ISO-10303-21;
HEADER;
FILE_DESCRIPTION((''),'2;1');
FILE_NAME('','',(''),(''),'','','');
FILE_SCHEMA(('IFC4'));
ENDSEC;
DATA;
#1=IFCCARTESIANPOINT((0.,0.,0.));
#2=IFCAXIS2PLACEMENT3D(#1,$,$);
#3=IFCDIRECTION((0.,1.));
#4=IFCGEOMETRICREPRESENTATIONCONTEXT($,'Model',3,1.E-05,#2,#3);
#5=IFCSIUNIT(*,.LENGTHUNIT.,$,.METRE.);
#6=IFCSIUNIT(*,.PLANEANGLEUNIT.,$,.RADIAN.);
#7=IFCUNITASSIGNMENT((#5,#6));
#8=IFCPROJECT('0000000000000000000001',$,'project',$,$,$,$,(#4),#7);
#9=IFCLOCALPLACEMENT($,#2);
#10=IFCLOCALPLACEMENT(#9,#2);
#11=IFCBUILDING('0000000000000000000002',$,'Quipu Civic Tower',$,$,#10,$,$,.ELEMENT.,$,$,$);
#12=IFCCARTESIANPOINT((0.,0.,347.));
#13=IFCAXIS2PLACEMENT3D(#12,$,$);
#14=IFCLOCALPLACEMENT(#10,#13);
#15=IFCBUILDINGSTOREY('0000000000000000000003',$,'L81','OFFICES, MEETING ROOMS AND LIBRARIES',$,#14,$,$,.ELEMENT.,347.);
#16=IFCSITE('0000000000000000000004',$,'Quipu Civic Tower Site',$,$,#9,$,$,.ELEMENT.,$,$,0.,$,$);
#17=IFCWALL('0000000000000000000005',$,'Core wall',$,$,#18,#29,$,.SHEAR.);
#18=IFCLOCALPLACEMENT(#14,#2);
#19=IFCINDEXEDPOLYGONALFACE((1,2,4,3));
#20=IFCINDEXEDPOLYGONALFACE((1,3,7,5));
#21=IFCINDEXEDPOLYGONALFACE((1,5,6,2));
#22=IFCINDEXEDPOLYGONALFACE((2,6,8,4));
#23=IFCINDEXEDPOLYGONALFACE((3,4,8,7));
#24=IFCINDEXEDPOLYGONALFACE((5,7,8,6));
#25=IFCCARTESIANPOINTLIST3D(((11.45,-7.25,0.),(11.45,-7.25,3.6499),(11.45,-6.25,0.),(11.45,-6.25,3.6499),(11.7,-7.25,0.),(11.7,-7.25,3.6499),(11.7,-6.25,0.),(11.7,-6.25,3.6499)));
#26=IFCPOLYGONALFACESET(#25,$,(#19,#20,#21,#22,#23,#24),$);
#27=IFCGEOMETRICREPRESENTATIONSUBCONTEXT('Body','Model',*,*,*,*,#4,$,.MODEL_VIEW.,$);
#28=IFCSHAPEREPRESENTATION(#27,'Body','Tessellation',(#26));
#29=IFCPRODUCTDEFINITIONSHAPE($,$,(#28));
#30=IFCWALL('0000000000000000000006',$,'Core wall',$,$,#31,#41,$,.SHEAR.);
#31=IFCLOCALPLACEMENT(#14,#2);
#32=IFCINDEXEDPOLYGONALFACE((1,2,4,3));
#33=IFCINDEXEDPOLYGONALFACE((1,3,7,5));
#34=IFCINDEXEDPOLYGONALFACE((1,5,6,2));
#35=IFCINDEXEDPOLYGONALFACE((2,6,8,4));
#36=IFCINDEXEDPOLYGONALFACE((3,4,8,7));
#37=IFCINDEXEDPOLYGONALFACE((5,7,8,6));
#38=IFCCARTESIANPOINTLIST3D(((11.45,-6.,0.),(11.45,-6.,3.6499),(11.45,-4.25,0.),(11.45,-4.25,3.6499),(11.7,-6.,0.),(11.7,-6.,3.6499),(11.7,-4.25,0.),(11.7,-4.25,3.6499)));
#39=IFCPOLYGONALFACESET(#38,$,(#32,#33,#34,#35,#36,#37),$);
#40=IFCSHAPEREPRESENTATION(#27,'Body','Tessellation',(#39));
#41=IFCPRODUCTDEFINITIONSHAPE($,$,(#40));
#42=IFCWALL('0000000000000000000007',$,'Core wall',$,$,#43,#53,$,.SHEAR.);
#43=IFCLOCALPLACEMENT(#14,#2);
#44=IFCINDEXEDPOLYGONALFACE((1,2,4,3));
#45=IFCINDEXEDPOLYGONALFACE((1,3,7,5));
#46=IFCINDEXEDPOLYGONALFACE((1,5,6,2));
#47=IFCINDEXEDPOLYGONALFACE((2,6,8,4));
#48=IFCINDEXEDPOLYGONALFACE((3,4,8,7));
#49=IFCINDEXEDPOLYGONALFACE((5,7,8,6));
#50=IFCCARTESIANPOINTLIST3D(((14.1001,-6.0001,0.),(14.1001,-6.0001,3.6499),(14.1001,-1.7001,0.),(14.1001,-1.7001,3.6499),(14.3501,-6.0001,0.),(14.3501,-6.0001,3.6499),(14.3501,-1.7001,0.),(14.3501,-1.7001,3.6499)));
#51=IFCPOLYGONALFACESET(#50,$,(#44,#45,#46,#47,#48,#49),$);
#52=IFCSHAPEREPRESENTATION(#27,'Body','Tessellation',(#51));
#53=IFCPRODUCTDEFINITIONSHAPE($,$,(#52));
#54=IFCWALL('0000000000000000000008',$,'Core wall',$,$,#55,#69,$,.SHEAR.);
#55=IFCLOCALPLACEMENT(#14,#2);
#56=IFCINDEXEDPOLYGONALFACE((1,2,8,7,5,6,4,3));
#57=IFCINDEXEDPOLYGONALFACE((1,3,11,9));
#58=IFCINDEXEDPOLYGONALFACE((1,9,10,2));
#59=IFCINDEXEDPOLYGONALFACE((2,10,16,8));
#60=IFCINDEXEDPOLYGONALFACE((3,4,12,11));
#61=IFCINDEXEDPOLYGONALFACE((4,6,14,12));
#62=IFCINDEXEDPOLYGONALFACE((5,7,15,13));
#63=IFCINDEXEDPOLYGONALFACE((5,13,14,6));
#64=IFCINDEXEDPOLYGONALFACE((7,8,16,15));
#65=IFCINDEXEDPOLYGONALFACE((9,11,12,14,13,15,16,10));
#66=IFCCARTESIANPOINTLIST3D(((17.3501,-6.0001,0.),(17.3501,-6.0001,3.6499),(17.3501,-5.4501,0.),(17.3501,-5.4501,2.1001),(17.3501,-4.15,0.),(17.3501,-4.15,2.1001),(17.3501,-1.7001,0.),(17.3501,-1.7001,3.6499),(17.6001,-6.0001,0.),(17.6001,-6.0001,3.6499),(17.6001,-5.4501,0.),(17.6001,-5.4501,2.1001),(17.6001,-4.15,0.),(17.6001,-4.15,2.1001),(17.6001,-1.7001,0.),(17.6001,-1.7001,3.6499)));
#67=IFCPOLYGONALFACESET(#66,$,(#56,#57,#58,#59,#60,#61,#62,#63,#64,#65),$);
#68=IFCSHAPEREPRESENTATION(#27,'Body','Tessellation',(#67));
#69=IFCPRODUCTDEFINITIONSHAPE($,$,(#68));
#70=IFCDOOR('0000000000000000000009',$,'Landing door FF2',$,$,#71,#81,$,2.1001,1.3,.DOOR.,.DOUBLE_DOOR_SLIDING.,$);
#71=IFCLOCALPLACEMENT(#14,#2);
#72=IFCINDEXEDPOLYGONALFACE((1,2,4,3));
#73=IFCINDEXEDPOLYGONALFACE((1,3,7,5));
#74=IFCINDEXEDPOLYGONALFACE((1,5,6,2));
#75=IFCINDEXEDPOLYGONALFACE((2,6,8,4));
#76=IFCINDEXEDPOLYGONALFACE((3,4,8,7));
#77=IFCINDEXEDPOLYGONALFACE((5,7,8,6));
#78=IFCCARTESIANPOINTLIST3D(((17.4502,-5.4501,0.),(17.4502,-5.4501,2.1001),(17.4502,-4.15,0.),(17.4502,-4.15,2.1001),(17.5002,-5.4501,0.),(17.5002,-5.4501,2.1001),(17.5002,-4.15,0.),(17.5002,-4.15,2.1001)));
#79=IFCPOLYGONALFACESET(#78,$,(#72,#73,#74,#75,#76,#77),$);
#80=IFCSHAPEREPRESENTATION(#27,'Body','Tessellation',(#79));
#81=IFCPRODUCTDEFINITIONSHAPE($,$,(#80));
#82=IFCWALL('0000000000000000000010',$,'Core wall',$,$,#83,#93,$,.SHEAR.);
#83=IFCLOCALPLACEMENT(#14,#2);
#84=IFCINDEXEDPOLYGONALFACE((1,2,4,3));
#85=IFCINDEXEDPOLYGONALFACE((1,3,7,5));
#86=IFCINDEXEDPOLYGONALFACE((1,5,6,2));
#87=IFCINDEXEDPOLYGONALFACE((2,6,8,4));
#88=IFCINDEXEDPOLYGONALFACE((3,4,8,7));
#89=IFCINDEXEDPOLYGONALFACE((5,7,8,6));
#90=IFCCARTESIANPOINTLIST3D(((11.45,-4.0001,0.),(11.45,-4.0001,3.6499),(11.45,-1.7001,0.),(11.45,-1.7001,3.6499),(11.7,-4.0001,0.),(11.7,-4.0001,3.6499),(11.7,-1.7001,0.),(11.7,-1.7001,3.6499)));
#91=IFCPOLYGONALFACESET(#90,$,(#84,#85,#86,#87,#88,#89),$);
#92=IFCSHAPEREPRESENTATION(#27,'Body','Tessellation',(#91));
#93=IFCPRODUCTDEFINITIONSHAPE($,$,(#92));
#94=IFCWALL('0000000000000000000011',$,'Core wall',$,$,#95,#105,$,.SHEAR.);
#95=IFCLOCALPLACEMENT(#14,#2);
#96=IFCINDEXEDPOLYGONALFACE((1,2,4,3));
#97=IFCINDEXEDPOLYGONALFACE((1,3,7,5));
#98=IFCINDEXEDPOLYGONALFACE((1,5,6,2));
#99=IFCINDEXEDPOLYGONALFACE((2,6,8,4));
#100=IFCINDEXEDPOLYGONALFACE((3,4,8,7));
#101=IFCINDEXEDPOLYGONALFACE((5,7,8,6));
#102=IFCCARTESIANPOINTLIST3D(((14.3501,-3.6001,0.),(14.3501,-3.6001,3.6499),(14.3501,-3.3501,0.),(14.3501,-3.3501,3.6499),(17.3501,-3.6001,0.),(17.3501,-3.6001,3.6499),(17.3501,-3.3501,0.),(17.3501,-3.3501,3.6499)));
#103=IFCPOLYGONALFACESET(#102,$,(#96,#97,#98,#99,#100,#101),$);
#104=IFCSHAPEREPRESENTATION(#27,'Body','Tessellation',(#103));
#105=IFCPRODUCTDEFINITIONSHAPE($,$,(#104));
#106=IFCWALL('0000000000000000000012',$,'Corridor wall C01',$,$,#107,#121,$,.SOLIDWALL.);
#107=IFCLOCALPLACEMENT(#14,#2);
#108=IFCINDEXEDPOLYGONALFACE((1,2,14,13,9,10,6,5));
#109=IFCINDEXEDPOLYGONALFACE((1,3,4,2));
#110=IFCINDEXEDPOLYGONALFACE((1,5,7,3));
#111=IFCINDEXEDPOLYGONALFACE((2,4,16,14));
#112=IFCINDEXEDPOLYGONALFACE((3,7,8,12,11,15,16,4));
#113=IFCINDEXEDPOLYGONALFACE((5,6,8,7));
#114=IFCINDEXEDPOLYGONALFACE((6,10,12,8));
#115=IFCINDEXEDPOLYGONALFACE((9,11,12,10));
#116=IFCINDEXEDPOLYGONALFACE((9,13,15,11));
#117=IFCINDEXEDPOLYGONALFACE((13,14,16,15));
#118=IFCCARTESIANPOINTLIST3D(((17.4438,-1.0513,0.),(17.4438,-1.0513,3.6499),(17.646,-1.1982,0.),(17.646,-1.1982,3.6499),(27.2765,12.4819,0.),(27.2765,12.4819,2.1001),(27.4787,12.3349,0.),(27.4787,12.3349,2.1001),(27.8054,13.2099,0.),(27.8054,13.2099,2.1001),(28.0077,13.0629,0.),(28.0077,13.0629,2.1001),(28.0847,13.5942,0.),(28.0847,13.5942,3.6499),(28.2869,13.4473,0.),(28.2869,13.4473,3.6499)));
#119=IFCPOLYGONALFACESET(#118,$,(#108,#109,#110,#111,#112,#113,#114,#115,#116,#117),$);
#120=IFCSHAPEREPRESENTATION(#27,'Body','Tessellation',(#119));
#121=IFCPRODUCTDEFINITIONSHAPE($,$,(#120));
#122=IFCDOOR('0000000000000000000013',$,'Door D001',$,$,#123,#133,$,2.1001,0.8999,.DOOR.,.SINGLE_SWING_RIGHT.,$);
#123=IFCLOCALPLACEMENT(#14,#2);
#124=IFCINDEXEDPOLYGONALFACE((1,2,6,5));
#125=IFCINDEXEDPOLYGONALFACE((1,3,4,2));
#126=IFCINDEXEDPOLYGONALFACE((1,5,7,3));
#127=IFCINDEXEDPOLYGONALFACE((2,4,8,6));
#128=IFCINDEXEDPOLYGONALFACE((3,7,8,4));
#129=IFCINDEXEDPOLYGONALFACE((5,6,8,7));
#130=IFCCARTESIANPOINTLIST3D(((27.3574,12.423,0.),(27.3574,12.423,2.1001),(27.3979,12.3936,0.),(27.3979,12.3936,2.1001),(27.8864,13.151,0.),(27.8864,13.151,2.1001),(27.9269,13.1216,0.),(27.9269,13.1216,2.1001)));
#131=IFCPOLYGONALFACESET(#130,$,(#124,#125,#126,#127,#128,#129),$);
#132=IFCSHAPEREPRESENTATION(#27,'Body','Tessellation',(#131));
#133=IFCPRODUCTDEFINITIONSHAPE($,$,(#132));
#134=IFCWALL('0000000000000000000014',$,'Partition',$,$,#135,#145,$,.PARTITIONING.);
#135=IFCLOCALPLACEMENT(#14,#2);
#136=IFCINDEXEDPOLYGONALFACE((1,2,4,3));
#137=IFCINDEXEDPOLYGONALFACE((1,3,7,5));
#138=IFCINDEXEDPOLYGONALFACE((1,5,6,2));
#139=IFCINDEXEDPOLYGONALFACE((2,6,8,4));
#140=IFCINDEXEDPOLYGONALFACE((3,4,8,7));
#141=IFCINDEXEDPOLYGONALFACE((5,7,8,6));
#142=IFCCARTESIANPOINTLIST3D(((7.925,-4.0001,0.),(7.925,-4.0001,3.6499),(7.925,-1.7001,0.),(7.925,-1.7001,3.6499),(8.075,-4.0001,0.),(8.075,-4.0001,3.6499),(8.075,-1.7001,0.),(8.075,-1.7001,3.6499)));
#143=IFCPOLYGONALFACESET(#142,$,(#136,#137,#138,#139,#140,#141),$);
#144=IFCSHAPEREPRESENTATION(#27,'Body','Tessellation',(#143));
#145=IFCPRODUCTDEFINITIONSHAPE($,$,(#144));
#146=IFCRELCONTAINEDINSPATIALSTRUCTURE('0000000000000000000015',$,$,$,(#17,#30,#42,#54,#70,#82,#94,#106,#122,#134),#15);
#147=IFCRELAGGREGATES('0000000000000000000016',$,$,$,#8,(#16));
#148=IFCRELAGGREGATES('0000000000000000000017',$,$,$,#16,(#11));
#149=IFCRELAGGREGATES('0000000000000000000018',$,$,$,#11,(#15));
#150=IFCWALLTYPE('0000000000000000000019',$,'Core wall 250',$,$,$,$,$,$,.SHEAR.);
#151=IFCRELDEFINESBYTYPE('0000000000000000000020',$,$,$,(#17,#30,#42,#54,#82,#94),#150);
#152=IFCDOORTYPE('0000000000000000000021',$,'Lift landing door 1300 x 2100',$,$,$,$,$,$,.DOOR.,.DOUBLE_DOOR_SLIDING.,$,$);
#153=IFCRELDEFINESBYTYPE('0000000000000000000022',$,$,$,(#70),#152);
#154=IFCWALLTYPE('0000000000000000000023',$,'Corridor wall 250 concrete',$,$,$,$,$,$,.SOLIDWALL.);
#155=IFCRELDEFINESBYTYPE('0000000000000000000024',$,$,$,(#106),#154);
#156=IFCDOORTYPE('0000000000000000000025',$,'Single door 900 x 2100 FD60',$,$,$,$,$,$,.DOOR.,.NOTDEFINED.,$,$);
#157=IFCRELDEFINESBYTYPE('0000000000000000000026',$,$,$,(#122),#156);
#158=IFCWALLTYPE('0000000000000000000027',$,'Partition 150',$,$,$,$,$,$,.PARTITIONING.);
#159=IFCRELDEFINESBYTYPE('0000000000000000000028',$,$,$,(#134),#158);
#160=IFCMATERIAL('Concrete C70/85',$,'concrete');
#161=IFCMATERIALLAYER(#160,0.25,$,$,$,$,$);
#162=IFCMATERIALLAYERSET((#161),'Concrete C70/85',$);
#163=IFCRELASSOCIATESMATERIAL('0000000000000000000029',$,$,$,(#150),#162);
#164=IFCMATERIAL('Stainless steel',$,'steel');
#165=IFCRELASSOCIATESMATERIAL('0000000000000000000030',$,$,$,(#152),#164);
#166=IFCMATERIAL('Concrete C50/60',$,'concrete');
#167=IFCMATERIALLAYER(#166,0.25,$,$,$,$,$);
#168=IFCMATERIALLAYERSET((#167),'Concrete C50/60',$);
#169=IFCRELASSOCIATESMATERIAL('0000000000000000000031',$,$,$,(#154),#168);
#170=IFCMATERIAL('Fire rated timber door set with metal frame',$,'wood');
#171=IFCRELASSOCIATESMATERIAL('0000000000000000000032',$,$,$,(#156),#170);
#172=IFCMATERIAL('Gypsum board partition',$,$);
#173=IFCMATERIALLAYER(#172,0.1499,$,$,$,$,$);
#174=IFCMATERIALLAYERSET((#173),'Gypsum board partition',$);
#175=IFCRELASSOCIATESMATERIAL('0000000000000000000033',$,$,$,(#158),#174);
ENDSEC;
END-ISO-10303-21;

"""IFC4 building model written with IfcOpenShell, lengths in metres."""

from ifc_helpers import new_model, si_unit, direction, frame, frame_2d, origin, place, context, subcontext, project, spatial, rectangle, extrude, material, layer, layer_set, type_object, element, fill, save


model = new_model("IFC4")

# Units and contexts
model_context = context("Model", 3, precision=1e-05, world=origin(), true_north=direction((0.0, 1.0)))
body_context = subcontext(model_context, "Body", "Model", "MODEL_VIEW")
ifc_project = project(units=[si_unit("LENGTHUNIT", "METRE"), si_unit("PLANEANGLEUNIT", "RADIAN")], contexts=[model_context])

# Site, building, storey
site_placement = place(None, origin())
site = spatial("IfcSite", under=ifc_project, at=site_placement, Name="Quipu Civic Tower Site", CompositionType="ELEMENT", RefElevation=0.0)
building_placement = place(site_placement, origin())
building = spatial("IfcBuilding", under=site, at=building_placement, Name="Quipu Civic Tower", CompositionType="ELEMENT")
storey_placement = place(building_placement, frame((0.0, 0.0, 347.0)))
storey = spatial("IfcBuildingStorey", under=building, at=storey_placement, Name="L81", Description="OFFICES, MEETING ROOMS AND LIBRARIES", CompositionType="ELEMENT", Elevation=347.0)

# Shared definitions
ifc_material_1 = material(Name="Concrete C70/85", Category="concrete")
ifc_layer_1 = layer(ifc_material_1, 0.25)
ifc_layer_set_1 = layer_set([ifc_layer_1], Name="Concrete C70/85")
wall_type_1 = type_object("IfcWallType", Name="Core wall 250", PredefinedType="SHEAR", material=ifc_layer_set_1)

# Walls
wall_1_placement = place(storey_placement, frame((11.575, -7.25, 0.0), z_axis=(0.0, 0.0, 1.0), x_axis=(0.0, 1.0, 0.0)))
element("IfcWall", 1, at=wall_1_placement, inside=storey, type_object=wall_type_1, Name="Core wall", PredefinedType="SHEAR", context=body_context, shape_type="SweptSolid", body=[
    extrude(rectangle(XDim=1.0, YDim=0.25, at=frame_2d((0.5, 0.0))), origin(), (0.0, 0.0, 1.0), 3.6499),
])
wall_2_placement = place(storey_placement, frame((11.575, -6.0, 0.0), z_axis=(0.0, 0.0, 1.0), x_axis=(0.0, 1.0, 0.0)))
element("IfcWall", 2, at=wall_2_placement, inside=storey, type_object=wall_type_1, Name="Core wall", PredefinedType="SHEAR", context=body_context, shape_type="SweptSolid", body=[
    extrude(rectangle(XDim=1.75, YDim=0.25, at=frame_2d((0.875, 0.0))), origin(), (0.0, 0.0, 1.0), 3.6499),
])
wall_3_placement = place(storey_placement, frame((14.2251, -6.0, 0.0), z_axis=(0.0, 0.0, 1.0), x_axis=(0.0, 1.0, 0.0)))
element("IfcWall", 3, at=wall_3_placement, inside=storey, type_object=wall_type_1, Name="Core wall", PredefinedType="SHEAR", context=body_context, shape_type="SweptSolid", body=[
    extrude(rectangle(XDim=4.3, YDim=0.25, at=frame_2d((2.1499, 0.0))), origin(), (0.0, 0.0, 1.0), 3.6499),
])

# Wall, opening, door
wall_4_placement = place(storey_placement, frame((17.4751, -6.0, 0.0), z_axis=(0.0, 0.0, 1.0), x_axis=(0.0, 1.0, 0.0)))
wall_4 = element("IfcWall", 4, at=wall_4_placement, inside=storey, type_object=wall_type_1, Name="Core wall", PredefinedType="SHEAR", context=body_context, shape_type="SweptSolid", body=[
    extrude(rectangle(XDim=4.3, YDim=0.25, at=frame_2d((2.1499, 0.0))), origin(), (0.0, 0.0, 1.0), 3.6499),
])
opening_1_placement = place(wall_4_placement, frame((0.55, 0.0, 0.0)))
opening_1 = element("IfcOpeningElement", 5, at=opening_1_placement, cuts=wall_4, PredefinedType="OPENING", context=body_context, shape_type="SweptSolid", body=[
    extrude(rectangle(XDim=1.3, YDim=2.1001, at=frame_2d((0.6499, 1.05))), frame((0.0, 0.135, 0.0), z_axis=(0.0, -1.0, 0.0), x_axis=(1.0, 0.0, 0.0)), (0.0, 0.0, 1.0), 0.27),
])
ifc_material_2 = material(Name="Stainless steel", Category="steel")
door_type_1 = type_object("IfcDoorType", Name="Lift landing door 1300 x 2100", OperationType="DOUBLE_DOOR_SLIDING", PredefinedType="DOOR", material=ifc_material_2)
door_1_placement = place(opening_1_placement, origin())
door_1 = element("IfcDoor", 6, at=door_1_placement, inside=storey, type_object=door_type_1, Name="Landing door FF2", OperationType="DOUBLE_DOOR_SLIDING", OverallHeight=2.1001, OverallWidth=1.3, PredefinedType="DOOR", context=body_context, shape_type="SweptSolid", body=[
    extrude(rectangle(XDim=1.3, YDim=2.1001, at=frame_2d((0.6499, 1.05))), frame((0.0, 0.0249, 0.0), z_axis=(0.0, -1.0, 0.0), x_axis=(1.0, 0.0, 0.0)), (0.0, 0.0, 1.0), 0.05),
])
fill(opening_1, door_1)

# Walls
wall_5_placement = place(storey_placement, frame((11.575, -4.0, 0.0), z_axis=(0.0, 0.0, 1.0), x_axis=(0.0, 1.0, 0.0)))
element("IfcWall", 7, at=wall_5_placement, inside=storey, type_object=wall_type_1, Name="Core wall", PredefinedType="SHEAR", context=body_context, shape_type="SweptSolid", body=[
    extrude(rectangle(XDim=2.3, YDim=0.25, at=frame_2d((1.1499, 0.0))), origin(), (0.0, 0.0, 1.0), 3.6499),
])
wall_6_placement = place(storey_placement, frame((14.3501, -3.4751, 0.0), z_axis=(0.0, 0.0, 1.0), x_axis=(1.0, 0.0, 0.0)))
element("IfcWall", 8, at=wall_6_placement, inside=storey, type_object=wall_type_1, Name="Core wall", PredefinedType="SHEAR", context=body_context, shape_type="SweptSolid", body=[
    extrude(rectangle(XDim=3.0, YDim=0.25, at=frame_2d((1.5, 0.0))), origin(), (0.0, 0.0, 1.0), 3.6499),
])

# Wall, opening, door
ifc_material_3 = material(Name="Concrete C50/60", Category="concrete")
ifc_layer_2 = layer(ifc_material_3, 0.25)
ifc_layer_set_2 = layer_set([ifc_layer_2], Name="Concrete C50/60")
wall_type_2 = type_object("IfcWallType", Name="Corridor wall 250 concrete", PredefinedType="SOLIDWALL", material=ifc_layer_set_2)
wall_7_placement = place(storey_placement, frame((17.5449, -1.1248, 0.0), z_axis=(0.0, 0.0, 1.0), x_axis=(0.587796, 0.80901, 0.0)))
wall_7 = element("IfcWall", 9, at=wall_7_placement, inside=storey, type_object=wall_type_2, Name="Corridor wall C01", PredefinedType="SOLIDWALL", context=body_context, shape_type="SweptSolid", body=[
    extrude(rectangle(XDim=18.103, YDim=0.25, at=frame_2d((9.0515, 0.0))), origin(), (0.0, 0.0, 1.0), 3.6499),
])
opening_2_placement = place(wall_7_placement, frame((16.728, 0.0, 0.0)))
opening_2 = element("IfcOpeningElement", 10, at=opening_2_placement, cuts=wall_7, PredefinedType="OPENING", context=body_context, shape_type="SweptSolid", body=[
    extrude(rectangle(XDim=0.8999, YDim=2.1001, at=frame_2d((0.45, 1.05))), frame((0.0, 0.135, 0.0), z_axis=(0.0, -1.0, 0.0), x_axis=(1.0, 0.0, 0.0)), (0.0, 0.0, 1.0), 0.27),
])
ifc_material_4 = material(Name="Fire rated timber door set with metal frame", Category="wood")
door_type_2 = type_object("IfcDoorType", Name="Single door 900 x 2100 FD60", OperationType="NOTDEFINED", PredefinedType="DOOR", material=ifc_material_4)
door_2_placement = place(opening_2_placement, origin())
door_2 = element("IfcDoor", 11, at=door_2_placement, inside=storey, type_object=door_type_2, Name="Door D001", OperationType="SINGLE_SWING_RIGHT", OverallHeight=2.1001, OverallWidth=0.8999, PredefinedType="DOOR", context=body_context, shape_type="SweptSolid", body=[
    extrude(rectangle(XDim=0.8999, YDim=2.1001, at=frame_2d((0.45, 1.05))), frame((0.0, 0.0249, 0.0), z_axis=(0.0, -1.0, 0.0), x_axis=(1.0, 0.0, 0.0)), (0.0, 0.0, 1.0), 0.05),
])
fill(opening_2, door_2)

# Wall
ifc_material_5 = material(Name="Gypsum board partition")
ifc_layer_3 = layer(ifc_material_5, 0.1499)
ifc_layer_set_3 = layer_set([ifc_layer_3], Name="Gypsum board partition")
wall_type_3 = type_object("IfcWallType", Name="Partition 150", PredefinedType="PARTITIONING", material=ifc_layer_set_3)
wall_8_placement = place(storey_placement, frame((8.0, -4.0, 0.0), z_axis=(0.0, 0.0, 1.0), x_axis=(0.0, 1.0, 0.0)))
element("IfcWall", 12, at=wall_8_placement, inside=storey, type_object=wall_type_3, Name="Partition", PredefinedType="PARTITIONING", context=body_context, shape_type="SweptSolid", body=[
    extrude(rectangle(XDim=2.3, YDim=0.1499, at=frame_2d((1.1499, 0.0))), origin(), (0.0, 0.0, 1.0), 3.6499),
])

save(model, "model.ifc")
